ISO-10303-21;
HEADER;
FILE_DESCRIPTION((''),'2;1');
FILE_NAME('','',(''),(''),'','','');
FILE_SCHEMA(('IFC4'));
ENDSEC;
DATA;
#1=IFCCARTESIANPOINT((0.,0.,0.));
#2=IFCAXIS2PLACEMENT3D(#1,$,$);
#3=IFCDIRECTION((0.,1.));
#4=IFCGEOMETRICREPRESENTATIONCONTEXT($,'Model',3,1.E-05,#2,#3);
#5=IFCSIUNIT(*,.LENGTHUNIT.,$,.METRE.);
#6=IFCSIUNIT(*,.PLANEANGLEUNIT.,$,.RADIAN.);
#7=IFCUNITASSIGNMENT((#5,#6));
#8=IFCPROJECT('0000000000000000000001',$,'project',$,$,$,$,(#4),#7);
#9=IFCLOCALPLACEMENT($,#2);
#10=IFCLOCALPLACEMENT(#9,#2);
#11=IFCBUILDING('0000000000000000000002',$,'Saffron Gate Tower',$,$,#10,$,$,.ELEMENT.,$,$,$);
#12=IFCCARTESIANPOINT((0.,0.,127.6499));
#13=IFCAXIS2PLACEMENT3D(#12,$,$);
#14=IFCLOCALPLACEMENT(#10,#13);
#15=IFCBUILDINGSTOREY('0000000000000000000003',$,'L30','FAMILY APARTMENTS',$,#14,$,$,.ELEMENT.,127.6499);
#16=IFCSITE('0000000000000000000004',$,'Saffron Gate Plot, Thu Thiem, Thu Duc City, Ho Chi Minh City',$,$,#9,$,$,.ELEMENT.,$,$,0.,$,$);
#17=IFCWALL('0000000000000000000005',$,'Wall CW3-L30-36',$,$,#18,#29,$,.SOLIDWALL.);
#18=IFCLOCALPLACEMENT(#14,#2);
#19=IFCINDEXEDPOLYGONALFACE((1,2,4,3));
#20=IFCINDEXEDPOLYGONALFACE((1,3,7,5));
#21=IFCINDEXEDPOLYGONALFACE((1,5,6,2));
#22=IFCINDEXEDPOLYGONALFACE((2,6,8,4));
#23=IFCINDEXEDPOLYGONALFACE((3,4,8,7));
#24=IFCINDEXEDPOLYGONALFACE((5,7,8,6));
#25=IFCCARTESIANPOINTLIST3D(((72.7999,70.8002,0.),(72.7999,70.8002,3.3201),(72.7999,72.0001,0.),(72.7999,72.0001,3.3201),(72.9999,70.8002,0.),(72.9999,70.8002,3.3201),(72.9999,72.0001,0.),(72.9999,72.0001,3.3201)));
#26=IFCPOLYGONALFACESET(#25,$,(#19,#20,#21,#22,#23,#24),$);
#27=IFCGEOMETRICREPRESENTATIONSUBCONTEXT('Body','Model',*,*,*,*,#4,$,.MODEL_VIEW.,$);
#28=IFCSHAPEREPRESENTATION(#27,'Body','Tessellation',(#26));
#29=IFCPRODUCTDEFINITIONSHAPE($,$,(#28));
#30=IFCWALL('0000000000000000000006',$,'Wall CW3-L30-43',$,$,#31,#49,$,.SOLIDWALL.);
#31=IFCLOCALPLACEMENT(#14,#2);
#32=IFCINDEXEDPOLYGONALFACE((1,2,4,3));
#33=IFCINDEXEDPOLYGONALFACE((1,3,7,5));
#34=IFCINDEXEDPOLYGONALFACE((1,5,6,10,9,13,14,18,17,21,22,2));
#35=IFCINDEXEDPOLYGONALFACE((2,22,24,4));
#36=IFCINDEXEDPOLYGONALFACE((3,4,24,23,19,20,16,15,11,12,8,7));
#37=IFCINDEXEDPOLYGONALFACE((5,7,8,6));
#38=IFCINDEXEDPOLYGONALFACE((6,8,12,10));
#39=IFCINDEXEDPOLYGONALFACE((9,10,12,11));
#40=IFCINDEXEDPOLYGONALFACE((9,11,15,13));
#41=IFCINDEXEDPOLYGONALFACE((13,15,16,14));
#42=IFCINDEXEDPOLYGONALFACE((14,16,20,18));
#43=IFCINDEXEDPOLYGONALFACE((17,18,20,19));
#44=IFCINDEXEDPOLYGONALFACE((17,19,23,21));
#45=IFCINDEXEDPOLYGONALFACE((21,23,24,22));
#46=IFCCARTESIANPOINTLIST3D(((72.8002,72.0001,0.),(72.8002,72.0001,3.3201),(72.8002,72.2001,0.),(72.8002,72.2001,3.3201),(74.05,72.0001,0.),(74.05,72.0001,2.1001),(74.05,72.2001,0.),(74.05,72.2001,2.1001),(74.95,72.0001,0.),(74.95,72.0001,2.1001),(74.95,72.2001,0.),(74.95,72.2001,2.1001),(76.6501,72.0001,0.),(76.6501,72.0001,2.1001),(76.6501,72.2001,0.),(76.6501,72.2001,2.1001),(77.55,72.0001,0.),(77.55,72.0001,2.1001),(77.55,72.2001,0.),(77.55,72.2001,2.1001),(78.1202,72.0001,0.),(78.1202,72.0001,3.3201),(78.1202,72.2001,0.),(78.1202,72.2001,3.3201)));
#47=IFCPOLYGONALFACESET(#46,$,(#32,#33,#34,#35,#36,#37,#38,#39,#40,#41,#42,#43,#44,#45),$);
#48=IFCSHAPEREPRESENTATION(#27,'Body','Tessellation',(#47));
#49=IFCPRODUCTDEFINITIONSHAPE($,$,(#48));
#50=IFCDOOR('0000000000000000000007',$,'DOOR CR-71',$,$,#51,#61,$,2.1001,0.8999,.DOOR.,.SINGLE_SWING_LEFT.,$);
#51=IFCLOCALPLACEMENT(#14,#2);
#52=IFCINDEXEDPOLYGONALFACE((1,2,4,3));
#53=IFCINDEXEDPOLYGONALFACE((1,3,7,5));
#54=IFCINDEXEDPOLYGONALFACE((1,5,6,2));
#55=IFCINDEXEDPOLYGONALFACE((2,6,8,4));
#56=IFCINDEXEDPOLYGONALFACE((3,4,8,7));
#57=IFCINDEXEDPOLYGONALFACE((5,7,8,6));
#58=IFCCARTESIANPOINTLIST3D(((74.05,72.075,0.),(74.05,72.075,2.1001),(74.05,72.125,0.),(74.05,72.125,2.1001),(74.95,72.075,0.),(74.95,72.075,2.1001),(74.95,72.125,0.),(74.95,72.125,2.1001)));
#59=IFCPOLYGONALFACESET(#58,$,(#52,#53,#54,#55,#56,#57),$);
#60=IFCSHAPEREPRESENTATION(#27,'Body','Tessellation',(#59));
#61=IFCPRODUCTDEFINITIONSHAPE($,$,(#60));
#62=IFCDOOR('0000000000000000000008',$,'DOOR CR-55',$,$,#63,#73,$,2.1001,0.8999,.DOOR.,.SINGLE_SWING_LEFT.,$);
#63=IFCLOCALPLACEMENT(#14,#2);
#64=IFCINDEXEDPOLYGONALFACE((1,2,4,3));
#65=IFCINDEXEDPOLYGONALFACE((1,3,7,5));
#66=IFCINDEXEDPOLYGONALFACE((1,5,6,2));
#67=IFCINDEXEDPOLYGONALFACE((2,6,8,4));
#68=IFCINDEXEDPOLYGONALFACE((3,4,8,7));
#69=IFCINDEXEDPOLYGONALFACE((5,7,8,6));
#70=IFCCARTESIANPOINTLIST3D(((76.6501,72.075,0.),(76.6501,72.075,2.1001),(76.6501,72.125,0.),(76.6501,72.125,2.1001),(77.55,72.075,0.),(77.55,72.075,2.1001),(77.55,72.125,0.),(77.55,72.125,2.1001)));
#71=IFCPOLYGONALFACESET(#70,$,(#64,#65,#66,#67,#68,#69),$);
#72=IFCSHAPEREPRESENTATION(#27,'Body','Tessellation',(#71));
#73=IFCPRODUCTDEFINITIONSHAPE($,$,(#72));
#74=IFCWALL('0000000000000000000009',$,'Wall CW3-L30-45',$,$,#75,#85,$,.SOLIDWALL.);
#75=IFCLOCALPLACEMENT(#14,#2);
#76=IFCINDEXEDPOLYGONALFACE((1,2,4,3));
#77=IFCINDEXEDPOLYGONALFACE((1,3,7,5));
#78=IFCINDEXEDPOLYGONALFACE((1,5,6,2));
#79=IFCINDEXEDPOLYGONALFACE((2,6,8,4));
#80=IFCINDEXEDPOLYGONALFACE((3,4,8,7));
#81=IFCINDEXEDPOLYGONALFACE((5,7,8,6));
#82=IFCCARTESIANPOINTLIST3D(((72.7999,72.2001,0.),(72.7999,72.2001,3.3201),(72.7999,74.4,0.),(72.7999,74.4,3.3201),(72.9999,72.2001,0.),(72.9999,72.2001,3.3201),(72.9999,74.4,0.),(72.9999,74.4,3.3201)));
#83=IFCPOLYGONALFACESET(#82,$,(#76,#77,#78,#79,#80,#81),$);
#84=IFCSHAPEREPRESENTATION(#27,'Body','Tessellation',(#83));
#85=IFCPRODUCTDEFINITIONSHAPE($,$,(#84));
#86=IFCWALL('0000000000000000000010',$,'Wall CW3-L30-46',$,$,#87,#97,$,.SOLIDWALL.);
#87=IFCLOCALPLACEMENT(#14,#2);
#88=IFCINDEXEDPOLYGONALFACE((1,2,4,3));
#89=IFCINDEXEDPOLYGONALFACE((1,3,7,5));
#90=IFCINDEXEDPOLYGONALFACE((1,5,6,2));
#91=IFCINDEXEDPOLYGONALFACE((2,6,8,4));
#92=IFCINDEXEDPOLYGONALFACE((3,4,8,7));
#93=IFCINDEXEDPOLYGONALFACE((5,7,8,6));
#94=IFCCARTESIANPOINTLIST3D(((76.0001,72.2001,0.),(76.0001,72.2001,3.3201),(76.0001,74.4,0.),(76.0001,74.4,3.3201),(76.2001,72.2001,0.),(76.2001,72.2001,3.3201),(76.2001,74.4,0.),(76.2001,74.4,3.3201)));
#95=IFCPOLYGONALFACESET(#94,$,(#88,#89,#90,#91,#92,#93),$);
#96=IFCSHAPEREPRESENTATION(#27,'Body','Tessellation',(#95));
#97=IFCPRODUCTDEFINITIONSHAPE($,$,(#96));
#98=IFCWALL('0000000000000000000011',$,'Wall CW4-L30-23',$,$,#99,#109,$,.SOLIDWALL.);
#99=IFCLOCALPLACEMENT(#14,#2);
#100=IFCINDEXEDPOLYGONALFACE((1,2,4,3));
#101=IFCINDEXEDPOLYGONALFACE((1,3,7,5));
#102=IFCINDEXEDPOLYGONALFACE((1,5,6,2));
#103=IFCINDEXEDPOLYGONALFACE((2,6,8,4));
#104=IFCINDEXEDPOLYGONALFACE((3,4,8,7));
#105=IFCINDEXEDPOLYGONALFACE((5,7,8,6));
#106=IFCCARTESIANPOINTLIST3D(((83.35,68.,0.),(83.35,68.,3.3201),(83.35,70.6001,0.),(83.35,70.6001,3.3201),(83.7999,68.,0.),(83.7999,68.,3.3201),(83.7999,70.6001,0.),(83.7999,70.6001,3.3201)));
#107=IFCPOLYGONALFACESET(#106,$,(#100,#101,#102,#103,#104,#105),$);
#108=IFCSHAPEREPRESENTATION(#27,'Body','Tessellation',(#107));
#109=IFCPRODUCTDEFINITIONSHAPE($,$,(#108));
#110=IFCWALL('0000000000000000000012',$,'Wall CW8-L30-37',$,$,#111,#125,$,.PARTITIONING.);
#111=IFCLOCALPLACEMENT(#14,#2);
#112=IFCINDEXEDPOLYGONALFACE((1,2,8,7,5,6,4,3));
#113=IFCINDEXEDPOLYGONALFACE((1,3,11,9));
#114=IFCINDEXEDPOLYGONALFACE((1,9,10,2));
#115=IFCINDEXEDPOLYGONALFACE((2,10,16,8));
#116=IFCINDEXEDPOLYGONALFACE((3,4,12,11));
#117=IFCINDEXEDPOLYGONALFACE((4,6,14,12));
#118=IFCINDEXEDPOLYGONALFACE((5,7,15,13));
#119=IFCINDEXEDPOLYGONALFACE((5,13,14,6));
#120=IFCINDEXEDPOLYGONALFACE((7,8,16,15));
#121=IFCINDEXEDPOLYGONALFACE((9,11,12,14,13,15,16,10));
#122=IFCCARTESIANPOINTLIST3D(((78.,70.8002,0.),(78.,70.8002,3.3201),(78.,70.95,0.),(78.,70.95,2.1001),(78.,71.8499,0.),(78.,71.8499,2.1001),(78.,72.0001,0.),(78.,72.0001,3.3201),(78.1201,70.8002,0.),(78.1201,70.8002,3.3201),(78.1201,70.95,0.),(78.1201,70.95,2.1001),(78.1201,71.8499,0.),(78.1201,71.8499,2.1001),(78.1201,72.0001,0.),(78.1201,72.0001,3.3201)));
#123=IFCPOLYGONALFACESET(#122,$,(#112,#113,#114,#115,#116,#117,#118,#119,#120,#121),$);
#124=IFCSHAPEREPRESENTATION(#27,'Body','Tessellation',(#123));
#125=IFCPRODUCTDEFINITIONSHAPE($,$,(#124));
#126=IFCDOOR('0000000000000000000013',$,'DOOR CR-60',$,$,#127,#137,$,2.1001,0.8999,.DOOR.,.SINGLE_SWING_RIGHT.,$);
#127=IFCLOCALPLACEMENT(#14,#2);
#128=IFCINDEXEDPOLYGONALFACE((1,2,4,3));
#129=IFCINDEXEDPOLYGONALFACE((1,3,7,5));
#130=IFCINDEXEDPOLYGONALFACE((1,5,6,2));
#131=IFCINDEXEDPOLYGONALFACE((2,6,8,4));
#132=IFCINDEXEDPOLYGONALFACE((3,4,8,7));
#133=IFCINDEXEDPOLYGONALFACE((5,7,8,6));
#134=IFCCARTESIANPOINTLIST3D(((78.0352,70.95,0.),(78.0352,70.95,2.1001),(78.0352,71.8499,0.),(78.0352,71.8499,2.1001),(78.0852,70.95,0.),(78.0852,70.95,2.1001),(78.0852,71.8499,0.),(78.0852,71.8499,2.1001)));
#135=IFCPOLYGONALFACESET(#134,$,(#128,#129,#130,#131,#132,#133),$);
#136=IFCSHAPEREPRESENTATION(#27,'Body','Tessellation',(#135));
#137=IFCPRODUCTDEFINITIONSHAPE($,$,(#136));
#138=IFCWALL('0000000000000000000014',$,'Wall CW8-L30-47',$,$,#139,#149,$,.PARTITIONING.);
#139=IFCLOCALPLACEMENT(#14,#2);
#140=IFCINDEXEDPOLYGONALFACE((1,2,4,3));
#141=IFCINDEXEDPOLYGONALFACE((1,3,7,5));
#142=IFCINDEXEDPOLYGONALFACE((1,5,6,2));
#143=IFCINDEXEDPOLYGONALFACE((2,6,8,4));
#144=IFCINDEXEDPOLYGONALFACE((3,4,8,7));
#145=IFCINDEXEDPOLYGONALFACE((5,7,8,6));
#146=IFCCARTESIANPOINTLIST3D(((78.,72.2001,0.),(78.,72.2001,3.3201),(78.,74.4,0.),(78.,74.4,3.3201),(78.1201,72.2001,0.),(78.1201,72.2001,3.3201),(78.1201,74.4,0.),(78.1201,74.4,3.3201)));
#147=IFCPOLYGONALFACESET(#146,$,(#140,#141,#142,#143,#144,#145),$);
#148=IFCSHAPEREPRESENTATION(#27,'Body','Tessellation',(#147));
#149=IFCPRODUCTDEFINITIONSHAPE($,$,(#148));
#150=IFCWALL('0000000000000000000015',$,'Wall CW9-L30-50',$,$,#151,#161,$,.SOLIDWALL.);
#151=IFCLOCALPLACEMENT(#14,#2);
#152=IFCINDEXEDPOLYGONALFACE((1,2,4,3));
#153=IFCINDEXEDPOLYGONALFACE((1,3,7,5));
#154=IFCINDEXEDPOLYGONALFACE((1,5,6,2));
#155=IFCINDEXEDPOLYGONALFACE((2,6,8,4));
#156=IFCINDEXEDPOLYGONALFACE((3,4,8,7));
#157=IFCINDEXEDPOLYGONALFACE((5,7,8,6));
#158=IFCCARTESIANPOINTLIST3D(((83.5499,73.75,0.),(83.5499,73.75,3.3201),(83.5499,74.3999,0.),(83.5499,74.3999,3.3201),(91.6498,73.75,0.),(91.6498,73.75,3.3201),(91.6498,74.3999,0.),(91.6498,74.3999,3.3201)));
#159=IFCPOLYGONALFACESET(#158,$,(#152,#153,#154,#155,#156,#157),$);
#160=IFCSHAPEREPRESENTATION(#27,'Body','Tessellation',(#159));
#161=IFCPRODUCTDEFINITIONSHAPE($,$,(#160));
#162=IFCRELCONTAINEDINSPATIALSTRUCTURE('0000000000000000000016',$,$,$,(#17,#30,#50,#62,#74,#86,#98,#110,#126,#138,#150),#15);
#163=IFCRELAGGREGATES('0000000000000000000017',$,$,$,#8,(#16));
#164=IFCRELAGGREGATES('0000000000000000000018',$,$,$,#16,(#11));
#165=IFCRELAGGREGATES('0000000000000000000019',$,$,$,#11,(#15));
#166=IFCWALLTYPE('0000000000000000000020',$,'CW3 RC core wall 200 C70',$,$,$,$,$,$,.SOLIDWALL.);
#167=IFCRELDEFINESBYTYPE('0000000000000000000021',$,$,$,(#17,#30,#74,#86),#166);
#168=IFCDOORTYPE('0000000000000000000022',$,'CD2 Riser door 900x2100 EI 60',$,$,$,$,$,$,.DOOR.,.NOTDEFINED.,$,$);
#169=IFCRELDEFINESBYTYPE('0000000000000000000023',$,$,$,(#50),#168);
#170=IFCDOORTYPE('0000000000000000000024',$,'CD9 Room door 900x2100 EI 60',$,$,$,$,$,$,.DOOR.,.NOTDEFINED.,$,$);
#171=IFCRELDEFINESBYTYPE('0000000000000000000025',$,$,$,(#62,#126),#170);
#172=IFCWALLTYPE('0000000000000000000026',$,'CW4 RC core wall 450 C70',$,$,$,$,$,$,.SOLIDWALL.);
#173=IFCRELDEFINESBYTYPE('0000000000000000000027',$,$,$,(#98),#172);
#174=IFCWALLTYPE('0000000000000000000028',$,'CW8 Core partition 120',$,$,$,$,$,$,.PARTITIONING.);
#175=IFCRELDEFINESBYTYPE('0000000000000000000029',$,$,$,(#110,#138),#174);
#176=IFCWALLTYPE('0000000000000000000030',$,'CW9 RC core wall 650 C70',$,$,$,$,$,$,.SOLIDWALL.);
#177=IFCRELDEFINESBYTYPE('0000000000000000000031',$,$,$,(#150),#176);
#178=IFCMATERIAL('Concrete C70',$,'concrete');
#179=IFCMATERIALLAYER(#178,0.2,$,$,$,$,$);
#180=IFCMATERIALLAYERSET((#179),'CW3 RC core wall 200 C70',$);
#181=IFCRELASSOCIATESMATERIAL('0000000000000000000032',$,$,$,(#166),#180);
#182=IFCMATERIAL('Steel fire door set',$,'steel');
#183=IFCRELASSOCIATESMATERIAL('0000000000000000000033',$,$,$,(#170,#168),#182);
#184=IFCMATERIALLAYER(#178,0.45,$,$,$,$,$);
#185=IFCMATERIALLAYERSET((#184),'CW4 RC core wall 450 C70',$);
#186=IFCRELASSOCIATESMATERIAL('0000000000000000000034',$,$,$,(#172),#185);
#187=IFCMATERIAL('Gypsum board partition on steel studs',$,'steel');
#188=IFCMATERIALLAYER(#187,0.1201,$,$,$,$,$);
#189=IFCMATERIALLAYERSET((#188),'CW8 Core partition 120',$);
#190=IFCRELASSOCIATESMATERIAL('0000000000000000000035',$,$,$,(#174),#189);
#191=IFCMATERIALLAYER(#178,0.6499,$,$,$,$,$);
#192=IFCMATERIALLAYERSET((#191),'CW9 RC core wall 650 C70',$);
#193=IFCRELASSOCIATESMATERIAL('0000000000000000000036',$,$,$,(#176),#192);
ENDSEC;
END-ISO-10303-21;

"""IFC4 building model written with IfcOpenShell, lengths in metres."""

from ifc_helpers import new_model, si_unit, direction, frame, frame_2d, origin, place, context, subcontext, project, spatial, rectangle, extrude, material, layer, layer_set, type_object, element, fill, save


model = new_model("IFC4")

# Units and contexts
model_context = context("Model", 3, precision=1e-05, world=origin(), true_north=direction((0.0, 1.0)))
body_context = subcontext(model_context, "Body", "Model", "MODEL_VIEW")
ifc_project = project(units=[si_unit("LENGTHUNIT", "METRE"), si_unit("PLANEANGLEUNIT", "RADIAN")], contexts=[model_context])

# Site, building, storey
site_placement = place(None, origin())
site = spatial("IfcSite", under=ifc_project, at=site_placement, Name="Saffron Gate Plot, Thu Thiem, Thu Duc City, Ho Chi Minh City", CompositionType="ELEMENT", RefElevation=0.0)
building_placement = place(site_placement, origin())
building = spatial("IfcBuilding", under=site, at=building_placement, Name="Saffron Gate Tower", CompositionType="ELEMENT")
storey_placement = place(building_placement, frame((0.0, 0.0, 127.6499)))
storey = spatial("IfcBuildingStorey", under=building, at=storey_placement, Name="L30", Description="FAMILY APARTMENTS", CompositionType="ELEMENT", Elevation=127.6499)

# Shared definitions
ifc_material_1 = material(Name="Concrete C70", Category="concrete")

# Shared definitions
ifc_layer_1 = layer(ifc_material_1, 0.2)
ifc_layer_set_1 = layer_set([ifc_layer_1], Name="CW3 RC core wall 200 C70")
wall_type_1 = type_object("IfcWallType", Name="CW3 RC core wall 200 C70", PredefinedType="SOLIDWALL", material=ifc_layer_set_1)
ifc_material_2 = material(Name="Steel fire door set", Category="steel")
door_type_1 = type_object("IfcDoorType", Name="CD9 Room door 900x2100 EI 60", OperationType="NOTDEFINED", PredefinedType="DOOR", material=ifc_material_2)

# Wall
wall_1_placement = place(storey_placement, frame((72.8999, 70.8, 0.0), z_axis=(0.0, 0.0, 1.0), x_axis=(0.0, 1.0, 0.0)))
element("IfcWall", 1, at=wall_1_placement, inside=storey, type_object=wall_type_1, Name="Wall CW3-L30-36", PredefinedType="SOLIDWALL", context=body_context, shape_type="SweptSolid", body=[
    extrude(rectangle(XDim=1.2, YDim=0.2, at=frame_2d((0.6001, 0.0))), origin(), (0.0, 0.0, 1.0), 3.3201),
])

# Wall, openings, doors
wall_2_placement = place(storey_placement, frame((72.8, 72.1001, 0.0), z_axis=(0.0, 0.0, 1.0), x_axis=(1.0, 0.0, 0.0)))
wall_2 = element("IfcWall", 2, at=wall_2_placement, inside=storey, type_object=wall_type_1, Name="Wall CW3-L30-43", PredefinedType="SOLIDWALL", context=body_context, shape_type="SweptSolid", body=[
    extrude(rectangle(XDim=5.3201, YDim=0.2, at=frame_2d((2.6602, 0.0))), origin(), (0.0, 0.0, 1.0), 3.3201),
])
opening_1_placement = place(wall_2_placement, frame((1.25, 0.0, 0.0)))
opening_1 = element("IfcOpeningElement", 3, at=opening_1_placement, cuts=wall_2, PredefinedType="OPENING", context=body_context, shape_type="SweptSolid", body=[
    extrude(rectangle(XDim=0.8999, YDim=2.1001, at=frame_2d((0.45, 1.05))), frame((0.0, 0.1099, 0.0), z_axis=(0.0, -1.0, 0.0), x_axis=(1.0, 0.0, 0.0)), (0.0, 0.0, 1.0), 0.22),
])
opening_2_placement = place(wall_2_placement, frame((3.8501, 0.0, 0.0)))
opening_2 = element("IfcOpeningElement", 4, at=opening_2_placement, cuts=wall_2, PredefinedType="OPENING", context=body_context, shape_type="SweptSolid", body=[
    extrude(rectangle(XDim=0.8999, YDim=2.1001, at=frame_2d((0.45, 1.05))), frame((0.0, 0.1099, 0.0), z_axis=(0.0, -1.0, 0.0), x_axis=(1.0, 0.0, 0.0)), (0.0, 0.0, 1.0), 0.22),
])
door_type_2 = type_object("IfcDoorType", Name="CD2 Riser door 900x2100 EI 60", OperationType="NOTDEFINED", PredefinedType="DOOR", material=ifc_material_2)
door_1_placement = place(opening_1_placement, origin())
door_1 = element("IfcDoor", 5, at=door_1_placement, inside=storey, type_object=door_type_2, Name="DOOR CR-71", OperationType="SINGLE_SWING_LEFT", OverallHeight=2.1001, OverallWidth=0.8999, PredefinedType="DOOR", context=body_context, shape_type="SweptSolid", body=[
    extrude(rectangle(XDim=0.8999, YDim=2.1001, at=frame_2d((0.45, 1.05))), frame((0.0, 0.0249, 0.0), z_axis=(0.0, -1.0, 0.0), x_axis=(1.0, 0.0, 0.0)), (0.0, 0.0, 1.0), 0.05),
])
fill(opening_1, door_1)
door_2_placement = place(opening_2_placement, origin())
door_2 = element("IfcDoor", 6, at=door_2_placement, inside=storey, type_object=door_type_1, Name="DOOR CR-55", OperationType="SINGLE_SWING_LEFT", OverallHeight=2.1001, OverallWidth=0.8999, PredefinedType="DOOR", context=body_context, shape_type="SweptSolid", body=[
    extrude(rectangle(XDim=0.8999, YDim=2.1001, at=frame_2d((0.45, 1.05))), frame((0.0, 0.0249, 0.0), z_axis=(0.0, -1.0, 0.0), x_axis=(1.0, 0.0, 0.0)), (0.0, 0.0, 1.0), 0.05),
])
fill(opening_2, door_2)

# Walls
for number, where, z_axis, x_axis, name in (
    (7, (72.8999, 72.2, 0.0), (0.0, 0.0, 1.0), (0.0, 1.0, 0.0), "Wall CW3-L30-45"),
    (8, (76.1001, 72.2, 0.0), (0.0, 0.0, 1.0), (0.0, 1.0, 0.0), "Wall CW3-L30-46"),
):
    element("IfcWall", number, at=place(storey_placement, frame(where, z_axis=z_axis, x_axis=x_axis)), inside=storey, type_object=wall_type_1, Name=name, PredefinedType="SOLIDWALL", context=body_context, shape_type="SweptSolid", body=[
        extrude(rectangle(XDim=2.2, YDim=0.2, at=frame_2d((1.1001, 0.0))), origin(), (0.0, 0.0, 1.0), 3.3201),
    ])
ifc_layer_2 = layer(ifc_material_1, 0.45)
ifc_layer_set_2 = layer_set([ifc_layer_2], Name="CW4 RC core wall 450 C70")
wall_type_2 = type_object("IfcWallType", Name="CW4 RC core wall 450 C70", PredefinedType="SOLIDWALL", material=ifc_layer_set_2)
wall_3_placement = place(storey_placement, frame((83.575, 68.0, 0.0), z_axis=(0.0, 0.0, 1.0), x_axis=(0.0, 1.0, 0.0)))
element("IfcWall", 9, at=wall_3_placement, inside=storey, type_object=wall_type_2, Name="Wall CW4-L30-23", PredefinedType="SOLIDWALL", context=body_context, shape_type="SweptSolid", body=[
    extrude(rectangle(XDim=2.6001, YDim=0.45, at=frame_2d((1.3, 0.0))), origin(), (0.0, 0.0, 1.0), 3.3201),
])

# Wall, opening, door
ifc_material_3 = material(Name="Gypsum board partition on steel studs", Category="steel")
ifc_layer_3 = layer(ifc_material_3, 0.1201)
ifc_layer_set_3 = layer_set([ifc_layer_3], Name="CW8 Core partition 120")
wall_type_3 = type_object("IfcWallType", Name="CW8 Core partition 120", PredefinedType="PARTITIONING", material=ifc_layer_set_3)
wall_4_placement = place(storey_placement, frame((78.0601, 70.8, 0.0), z_axis=(0.0, 0.0, 1.0), x_axis=(0.0, 1.0, 0.0)))
wall_4 = element("IfcWall", 10, at=wall_4_placement, inside=storey, type_object=wall_type_3, Name="Wall CW8-L30-37", PredefinedType="PARTITIONING", context=body_context, shape_type="SweptSolid", body=[
    extrude(rectangle(XDim=1.2, YDim=0.1201, at=frame_2d((0.6001, 0.0))), origin(), (0.0, 0.0, 1.0), 3.3201),
])
opening_3_placement = place(wall_4_placement, frame((0.1499, 0.0, 0.0)))
opening_3 = element("IfcOpeningElement", 11, at=opening_3_placement, cuts=wall_4, PredefinedType="OPENING", context=body_context, shape_type="SweptSolid", body=[
    extrude(rectangle(XDim=0.8999, YDim=2.1001, at=frame_2d((0.45, 1.05))), frame((0.0, 0.0701, 0.0), z_axis=(0.0, -1.0, 0.0), x_axis=(1.0, 0.0, 0.0)), (0.0, 0.0, 1.0), 0.1401),
])
door_3_placement = place(opening_3_placement, origin())
door_3 = element("IfcDoor", 12, at=door_3_placement, inside=storey, type_object=door_type_1, Name="DOOR CR-60", OperationType="SINGLE_SWING_RIGHT", OverallHeight=2.1001, OverallWidth=0.8999, PredefinedType="DOOR", context=body_context, shape_type="SweptSolid", body=[
    extrude(rectangle(XDim=0.8999, YDim=2.1001, at=frame_2d((0.45, 1.05))), frame((0.0, 0.0249, 0.0), z_axis=(0.0, -1.0, 0.0), x_axis=(1.0, 0.0, 0.0)), (0.0, 0.0, 1.0), 0.05),
])
fill(opening_3, door_3)

# Walls
wall_5_placement = place(storey_placement, frame((78.0601, 72.2, 0.0), z_axis=(0.0, 0.0, 1.0), x_axis=(0.0, 1.0, 0.0)))
element("IfcWall", 13, at=wall_5_placement, inside=storey, type_object=wall_type_3, Name="Wall CW8-L30-47", PredefinedType="PARTITIONING", context=body_context, shape_type="SweptSolid", body=[
    extrude(rectangle(XDim=2.2, YDim=0.1201, at=frame_2d((1.1001, 0.0))), origin(), (0.0, 0.0, 1.0), 3.3201),
])
ifc_layer_4 = layer(ifc_material_1, 0.6499)
ifc_layer_set_4 = layer_set([ifc_layer_4], Name="CW9 RC core wall 650 C70")
wall_type_4 = type_object("IfcWallType", Name="CW9 RC core wall 650 C70", PredefinedType="SOLIDWALL", material=ifc_layer_set_4)
wall_6_placement = place(storey_placement, frame((83.55, 74.075, 0.0), z_axis=(0.0, 0.0, 1.0), x_axis=(1.0, 0.0, 0.0)))
element("IfcWall", 14, at=wall_6_placement, inside=storey, type_object=wall_type_4, Name="Wall CW9-L30-50", PredefinedType="SOLIDWALL", context=body_context, shape_type="SweptSolid", body=[
    extrude(rectangle(XDim=8.0999, YDim=0.6499, at=frame_2d((4.0498, 0.0))), origin(), (0.0, 0.0, 1.0), 3.3201),
])

save(model, "model.ifc")
